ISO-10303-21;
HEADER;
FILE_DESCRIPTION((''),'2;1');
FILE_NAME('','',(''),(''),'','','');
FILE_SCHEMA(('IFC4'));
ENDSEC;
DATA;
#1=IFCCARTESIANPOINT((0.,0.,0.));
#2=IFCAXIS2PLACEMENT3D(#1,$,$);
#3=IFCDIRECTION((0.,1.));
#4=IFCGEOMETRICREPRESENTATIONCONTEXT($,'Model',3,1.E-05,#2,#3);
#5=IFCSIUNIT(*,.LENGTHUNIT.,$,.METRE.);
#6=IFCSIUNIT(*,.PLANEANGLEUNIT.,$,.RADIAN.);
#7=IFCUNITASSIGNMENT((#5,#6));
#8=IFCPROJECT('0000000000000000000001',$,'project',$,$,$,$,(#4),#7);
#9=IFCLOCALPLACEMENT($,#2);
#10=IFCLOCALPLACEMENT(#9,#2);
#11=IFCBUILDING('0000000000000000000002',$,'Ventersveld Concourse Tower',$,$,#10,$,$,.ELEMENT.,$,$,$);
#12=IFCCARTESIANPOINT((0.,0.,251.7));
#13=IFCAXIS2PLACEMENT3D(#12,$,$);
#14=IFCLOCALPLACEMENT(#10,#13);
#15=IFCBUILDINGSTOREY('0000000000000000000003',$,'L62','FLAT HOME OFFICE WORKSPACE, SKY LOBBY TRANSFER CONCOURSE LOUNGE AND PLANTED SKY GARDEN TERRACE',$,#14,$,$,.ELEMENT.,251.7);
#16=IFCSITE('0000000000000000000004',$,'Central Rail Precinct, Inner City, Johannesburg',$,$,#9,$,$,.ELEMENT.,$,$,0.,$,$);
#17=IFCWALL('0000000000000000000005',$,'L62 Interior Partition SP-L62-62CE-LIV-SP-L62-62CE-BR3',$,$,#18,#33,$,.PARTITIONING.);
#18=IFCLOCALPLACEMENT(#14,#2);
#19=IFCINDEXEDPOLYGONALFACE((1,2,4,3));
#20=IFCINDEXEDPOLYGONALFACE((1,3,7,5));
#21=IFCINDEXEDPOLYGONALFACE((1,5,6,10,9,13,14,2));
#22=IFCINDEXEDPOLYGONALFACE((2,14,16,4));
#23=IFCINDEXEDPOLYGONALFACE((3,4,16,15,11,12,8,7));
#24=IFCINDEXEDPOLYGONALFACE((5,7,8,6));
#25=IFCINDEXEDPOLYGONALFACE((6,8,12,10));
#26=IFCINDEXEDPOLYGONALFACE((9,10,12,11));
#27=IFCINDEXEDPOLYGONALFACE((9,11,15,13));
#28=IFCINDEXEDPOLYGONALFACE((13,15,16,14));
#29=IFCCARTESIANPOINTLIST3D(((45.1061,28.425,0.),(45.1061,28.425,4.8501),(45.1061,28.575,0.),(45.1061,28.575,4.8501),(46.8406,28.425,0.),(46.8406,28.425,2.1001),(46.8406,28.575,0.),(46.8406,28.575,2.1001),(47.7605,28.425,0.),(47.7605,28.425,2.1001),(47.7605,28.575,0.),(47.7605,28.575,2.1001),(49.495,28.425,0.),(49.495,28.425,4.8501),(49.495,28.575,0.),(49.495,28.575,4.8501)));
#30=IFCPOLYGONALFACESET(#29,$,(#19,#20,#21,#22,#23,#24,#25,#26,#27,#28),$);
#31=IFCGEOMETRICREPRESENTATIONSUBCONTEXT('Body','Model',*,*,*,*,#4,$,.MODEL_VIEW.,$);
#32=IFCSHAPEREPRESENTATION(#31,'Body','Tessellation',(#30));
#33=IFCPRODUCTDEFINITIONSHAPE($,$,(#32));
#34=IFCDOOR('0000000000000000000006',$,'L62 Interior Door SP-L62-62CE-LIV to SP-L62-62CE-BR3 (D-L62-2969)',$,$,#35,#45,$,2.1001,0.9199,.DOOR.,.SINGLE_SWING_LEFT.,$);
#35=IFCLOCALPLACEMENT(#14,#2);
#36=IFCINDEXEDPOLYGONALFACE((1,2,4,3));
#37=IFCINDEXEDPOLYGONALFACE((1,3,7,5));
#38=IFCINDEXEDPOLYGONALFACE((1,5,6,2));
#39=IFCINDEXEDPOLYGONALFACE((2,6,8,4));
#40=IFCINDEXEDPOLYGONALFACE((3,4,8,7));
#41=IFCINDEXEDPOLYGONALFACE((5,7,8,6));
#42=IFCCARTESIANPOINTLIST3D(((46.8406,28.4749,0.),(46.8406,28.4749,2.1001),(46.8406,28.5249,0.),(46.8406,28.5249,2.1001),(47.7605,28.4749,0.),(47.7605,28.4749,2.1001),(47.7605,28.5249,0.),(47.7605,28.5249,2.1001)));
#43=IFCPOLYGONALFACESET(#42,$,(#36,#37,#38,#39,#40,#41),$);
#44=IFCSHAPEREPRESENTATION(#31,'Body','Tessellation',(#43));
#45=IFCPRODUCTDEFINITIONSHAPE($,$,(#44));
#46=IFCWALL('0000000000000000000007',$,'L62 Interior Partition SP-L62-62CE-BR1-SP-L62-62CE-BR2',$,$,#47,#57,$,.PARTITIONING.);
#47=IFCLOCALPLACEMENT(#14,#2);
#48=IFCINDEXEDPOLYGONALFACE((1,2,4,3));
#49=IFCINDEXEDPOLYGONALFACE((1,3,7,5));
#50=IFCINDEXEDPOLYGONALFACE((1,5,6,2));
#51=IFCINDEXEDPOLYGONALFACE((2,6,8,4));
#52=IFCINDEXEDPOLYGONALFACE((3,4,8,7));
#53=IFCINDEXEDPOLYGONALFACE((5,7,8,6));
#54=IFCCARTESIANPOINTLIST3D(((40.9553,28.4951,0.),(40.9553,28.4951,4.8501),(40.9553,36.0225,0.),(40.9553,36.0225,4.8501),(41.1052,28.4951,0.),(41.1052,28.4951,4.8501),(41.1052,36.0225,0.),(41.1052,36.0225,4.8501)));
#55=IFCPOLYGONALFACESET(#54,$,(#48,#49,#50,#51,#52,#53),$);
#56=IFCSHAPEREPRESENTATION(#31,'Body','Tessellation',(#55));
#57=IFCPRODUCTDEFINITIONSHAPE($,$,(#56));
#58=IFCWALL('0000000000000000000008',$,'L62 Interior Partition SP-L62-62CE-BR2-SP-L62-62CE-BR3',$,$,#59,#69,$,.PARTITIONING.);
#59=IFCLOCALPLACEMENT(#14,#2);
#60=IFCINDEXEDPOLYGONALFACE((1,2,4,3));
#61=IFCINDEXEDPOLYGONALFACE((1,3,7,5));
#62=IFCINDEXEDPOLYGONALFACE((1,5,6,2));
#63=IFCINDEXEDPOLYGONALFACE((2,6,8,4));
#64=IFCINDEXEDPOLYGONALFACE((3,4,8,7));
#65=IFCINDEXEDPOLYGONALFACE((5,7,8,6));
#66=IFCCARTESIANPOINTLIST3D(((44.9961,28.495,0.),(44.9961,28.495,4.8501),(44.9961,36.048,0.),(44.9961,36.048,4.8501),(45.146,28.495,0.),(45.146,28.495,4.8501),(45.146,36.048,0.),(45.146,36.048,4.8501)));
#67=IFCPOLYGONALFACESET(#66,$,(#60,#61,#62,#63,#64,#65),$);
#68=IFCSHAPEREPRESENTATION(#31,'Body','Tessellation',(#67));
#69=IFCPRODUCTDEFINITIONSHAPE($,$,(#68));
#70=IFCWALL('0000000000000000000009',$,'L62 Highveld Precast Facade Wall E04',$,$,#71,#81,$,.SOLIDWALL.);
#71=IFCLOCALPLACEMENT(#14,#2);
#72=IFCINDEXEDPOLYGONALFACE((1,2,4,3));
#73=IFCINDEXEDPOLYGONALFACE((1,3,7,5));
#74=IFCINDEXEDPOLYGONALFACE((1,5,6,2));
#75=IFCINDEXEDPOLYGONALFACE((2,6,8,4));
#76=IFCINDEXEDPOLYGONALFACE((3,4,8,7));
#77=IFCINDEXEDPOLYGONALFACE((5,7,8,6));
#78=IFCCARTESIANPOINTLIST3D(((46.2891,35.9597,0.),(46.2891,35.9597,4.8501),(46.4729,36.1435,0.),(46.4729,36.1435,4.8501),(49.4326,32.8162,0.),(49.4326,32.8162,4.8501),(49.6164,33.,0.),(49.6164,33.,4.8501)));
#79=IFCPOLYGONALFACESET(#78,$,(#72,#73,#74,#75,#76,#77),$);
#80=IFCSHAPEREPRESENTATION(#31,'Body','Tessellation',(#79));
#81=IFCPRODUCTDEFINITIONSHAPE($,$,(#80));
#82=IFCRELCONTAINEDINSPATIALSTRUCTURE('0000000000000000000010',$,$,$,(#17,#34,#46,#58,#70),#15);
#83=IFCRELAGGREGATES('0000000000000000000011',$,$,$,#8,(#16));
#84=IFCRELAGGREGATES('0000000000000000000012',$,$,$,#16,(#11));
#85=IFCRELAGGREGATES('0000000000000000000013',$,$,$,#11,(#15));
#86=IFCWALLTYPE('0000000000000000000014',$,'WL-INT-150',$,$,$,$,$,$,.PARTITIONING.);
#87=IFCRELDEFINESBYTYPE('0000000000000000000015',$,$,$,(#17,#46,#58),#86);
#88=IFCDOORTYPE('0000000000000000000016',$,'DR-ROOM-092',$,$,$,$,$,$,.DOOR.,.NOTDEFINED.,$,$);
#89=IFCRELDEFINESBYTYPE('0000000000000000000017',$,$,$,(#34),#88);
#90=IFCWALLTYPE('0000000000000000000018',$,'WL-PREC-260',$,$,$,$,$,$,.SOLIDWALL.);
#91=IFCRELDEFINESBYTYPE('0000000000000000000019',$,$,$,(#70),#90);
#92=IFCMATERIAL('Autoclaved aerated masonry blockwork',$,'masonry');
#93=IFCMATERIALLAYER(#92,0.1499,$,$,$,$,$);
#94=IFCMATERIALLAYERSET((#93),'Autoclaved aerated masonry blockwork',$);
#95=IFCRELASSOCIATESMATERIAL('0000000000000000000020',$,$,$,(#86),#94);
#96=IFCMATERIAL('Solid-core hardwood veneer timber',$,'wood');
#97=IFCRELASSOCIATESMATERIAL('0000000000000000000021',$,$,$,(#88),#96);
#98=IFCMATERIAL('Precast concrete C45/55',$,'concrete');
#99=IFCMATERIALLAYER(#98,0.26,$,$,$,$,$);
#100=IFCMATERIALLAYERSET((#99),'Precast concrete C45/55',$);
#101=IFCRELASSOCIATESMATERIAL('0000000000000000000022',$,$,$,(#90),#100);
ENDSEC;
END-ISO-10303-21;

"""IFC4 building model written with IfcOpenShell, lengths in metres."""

from ifc_helpers import new_model, si_unit, direction, frame, frame_2d, origin, place, context, subcontext, project, spatial, rectangle, extrude, material, layer, layer_set, type_object, element, fill, save


model = new_model("IFC4")

# Units and contexts
model_context = context("Model", 3, precision=1e-05, world=origin(), true_north=direction((0.0, 1.0)))
body_context = subcontext(model_context, "Body", "Model", "MODEL_VIEW")
ifc_project = project(units=[si_unit("LENGTHUNIT", "METRE"), si_unit("PLANEANGLEUNIT", "RADIAN")], contexts=[model_context])

# Site, building, storey
site_placement = place(None, origin())
site = spatial("IfcSite", under=ifc_project, at=site_placement, Name="Central Rail Precinct, Inner City, Johannesburg", CompositionType="ELEMENT", RefElevation=0.0)
building_placement = place(site_placement, origin())
building = spatial("IfcBuilding", under=site, at=building_placement, Name="Ventersveld Concourse Tower", CompositionType="ELEMENT")
storey_placement = place(building_placement, frame((0.0, 0.0, 251.7)))
storey = spatial("IfcBuildingStorey", under=building, at=storey_placement, Name="L62", Description="FLAT HOME OFFICE WORKSPACE, SKY LOBBY TRANSFER CONCOURSE LOUNGE AND PLANTED SKY GARDEN TERRACE", CompositionType="ELEMENT", Elevation=251.7)

# Shared definitions
ifc_material_1 = material(Name="Autoclaved aerated masonry blockwork", Category="masonry")
ifc_layer_1 = layer(ifc_material_1, 0.1499)
ifc_layer_set_1 = layer_set([ifc_layer_1], Name="Autoclaved aerated masonry blockwork")
wall_type_1 = type_object("IfcWallType", Name="WL-INT-150", PredefinedType="PARTITIONING", material=ifc_layer_set_1)
ifc_material_2 = material(Name="Solid-core hardwood veneer timber", Category="wood")
door_type = type_object("IfcDoorType", Name="DR-ROOM-092", OperationType="NOTDEFINED", PredefinedType="DOOR", material=ifc_material_2)

# Wall, opening, door
wall_1_placement = place(storey_placement, frame((45.1062, 28.5, 0.0), z_axis=(0.0, 0.0, 1.0), x_axis=(1.0, 0.0, 0.0)))
wall_1 = element("IfcWall", 1, at=wall_1_placement, inside=storey, type_object=wall_type_1, Name="L62 Interior Partition SP-L62-62CE-LIV-SP-L62-62CE-BR3", PredefinedType="PARTITIONING", context=body_context, shape_type="SweptSolid", body=[
    extrude(rectangle(XDim=4.3889, YDim=0.1499, at=frame_2d((2.1943, 0.0))), origin(), (0.0, 0.0, 1.0), 4.8501),
])
opening_1_placement = place(wall_1_placement, frame((1.7344, 0.0, 0.0)))
opening_1 = element("IfcOpeningElement", 2, at=opening_1_placement, cuts=wall_1, PredefinedType="OPENING", context=body_context, shape_type="SweptSolid", body=[
    extrude(rectangle(XDim=0.9199, YDim=2.1001, at=frame_2d((0.46, 1.05))), frame((0.0, 0.085, 0.0), z_axis=(0.0, -1.0, 0.0), x_axis=(1.0, 0.0, 0.0)), (0.0, 0.0, 1.0), 0.1699),
])
door_1_placement = place(opening_1_placement, origin())
door_1 = element("IfcDoor", 3, at=door_1_placement, inside=storey, type_object=door_type, Name="L62 Interior Door SP-L62-62CE-LIV to SP-L62-62CE-BR3 (D-L62-2969)", OperationType="SINGLE_SWING_LEFT", OverallHeight=2.1001, OverallWidth=0.9199, PredefinedType="DOOR", context=body_context, shape_type="SweptSolid", body=[
    extrude(rectangle(XDim=0.9199, YDim=2.1001, at=frame_2d((0.46, 1.05))), frame((0.0, 0.0249, 0.0), z_axis=(0.0, -1.0, 0.0), x_axis=(1.0, 0.0, 0.0)), (0.0, 0.0, 1.0), 0.05),
])
fill(opening_1, door_1)

# Walls
wall_2_placement = place(storey_placement, frame((41.0303, 28.4951, 0.0), z_axis=(0.0, 0.0, 1.0), x_axis=(0.0, 1.0, 0.0)))
element("IfcWall", 4, at=wall_2_placement, inside=storey, type_object=wall_type_1, Name="L62 Interior Partition SP-L62-62CE-BR1-SP-L62-62CE-BR2", PredefinedType="PARTITIONING", context=body_context, shape_type="SweptSolid", body=[
    extrude(rectangle(XDim=7.5273, YDim=0.1499, at=frame_2d((3.7637, 0.0))), origin(), (0.0, 0.0, 1.0), 4.8501),
])
wall_3_placement = place(storey_placement, frame((45.071, 28.4951, 0.0), z_axis=(0.0, 0.0, 1.0), x_axis=(0.0, 1.0, 0.0)))
element("IfcWall", 5, at=wall_3_placement, inside=storey, type_object=wall_type_1, Name="L62 Interior Partition SP-L62-62CE-BR2-SP-L62-62CE-BR3", PredefinedType="PARTITIONING", context=body_context, shape_type="SweptSolid", body=[
    extrude(rectangle(XDim=7.553, YDim=0.1499, at=frame_2d((3.7764, 0.0))), origin(), (0.0, 0.0, 1.0), 4.8501),
])
ifc_material_3 = material(Name="Precast concrete C45/55", Category="concrete")
ifc_layer_2 = layer(ifc_material_3, 0.26)
ifc_layer_set_2 = layer_set([ifc_layer_2], Name="Precast concrete C45/55")
wall_type_2 = type_object("IfcWallType", Name="WL-PREC-260", PredefinedType="SOLIDWALL", material=ifc_layer_set_2)
wall_4_placement = place(storey_placement, frame((49.5244, 32.9082, 0.0), z_axis=(0.0, 0.0, 1.0), x_axis=(-0.707107, 0.707107, 0.0)))
element("IfcWall", 6, at=wall_4_placement, inside=storey, type_object=wall_type_2, Name="L62 Highveld Precast Facade Wall E04", PredefinedType="SOLIDWALL", context=body_context, shape_type="SweptSolid", body=[
    extrude(rectangle(XDim=4.4456, YDim=0.26, at=frame_2d((2.2227, 0.0))), origin(), (0.0, 0.0, 1.0), 4.8501),
])

save(model, "model.ifc")
